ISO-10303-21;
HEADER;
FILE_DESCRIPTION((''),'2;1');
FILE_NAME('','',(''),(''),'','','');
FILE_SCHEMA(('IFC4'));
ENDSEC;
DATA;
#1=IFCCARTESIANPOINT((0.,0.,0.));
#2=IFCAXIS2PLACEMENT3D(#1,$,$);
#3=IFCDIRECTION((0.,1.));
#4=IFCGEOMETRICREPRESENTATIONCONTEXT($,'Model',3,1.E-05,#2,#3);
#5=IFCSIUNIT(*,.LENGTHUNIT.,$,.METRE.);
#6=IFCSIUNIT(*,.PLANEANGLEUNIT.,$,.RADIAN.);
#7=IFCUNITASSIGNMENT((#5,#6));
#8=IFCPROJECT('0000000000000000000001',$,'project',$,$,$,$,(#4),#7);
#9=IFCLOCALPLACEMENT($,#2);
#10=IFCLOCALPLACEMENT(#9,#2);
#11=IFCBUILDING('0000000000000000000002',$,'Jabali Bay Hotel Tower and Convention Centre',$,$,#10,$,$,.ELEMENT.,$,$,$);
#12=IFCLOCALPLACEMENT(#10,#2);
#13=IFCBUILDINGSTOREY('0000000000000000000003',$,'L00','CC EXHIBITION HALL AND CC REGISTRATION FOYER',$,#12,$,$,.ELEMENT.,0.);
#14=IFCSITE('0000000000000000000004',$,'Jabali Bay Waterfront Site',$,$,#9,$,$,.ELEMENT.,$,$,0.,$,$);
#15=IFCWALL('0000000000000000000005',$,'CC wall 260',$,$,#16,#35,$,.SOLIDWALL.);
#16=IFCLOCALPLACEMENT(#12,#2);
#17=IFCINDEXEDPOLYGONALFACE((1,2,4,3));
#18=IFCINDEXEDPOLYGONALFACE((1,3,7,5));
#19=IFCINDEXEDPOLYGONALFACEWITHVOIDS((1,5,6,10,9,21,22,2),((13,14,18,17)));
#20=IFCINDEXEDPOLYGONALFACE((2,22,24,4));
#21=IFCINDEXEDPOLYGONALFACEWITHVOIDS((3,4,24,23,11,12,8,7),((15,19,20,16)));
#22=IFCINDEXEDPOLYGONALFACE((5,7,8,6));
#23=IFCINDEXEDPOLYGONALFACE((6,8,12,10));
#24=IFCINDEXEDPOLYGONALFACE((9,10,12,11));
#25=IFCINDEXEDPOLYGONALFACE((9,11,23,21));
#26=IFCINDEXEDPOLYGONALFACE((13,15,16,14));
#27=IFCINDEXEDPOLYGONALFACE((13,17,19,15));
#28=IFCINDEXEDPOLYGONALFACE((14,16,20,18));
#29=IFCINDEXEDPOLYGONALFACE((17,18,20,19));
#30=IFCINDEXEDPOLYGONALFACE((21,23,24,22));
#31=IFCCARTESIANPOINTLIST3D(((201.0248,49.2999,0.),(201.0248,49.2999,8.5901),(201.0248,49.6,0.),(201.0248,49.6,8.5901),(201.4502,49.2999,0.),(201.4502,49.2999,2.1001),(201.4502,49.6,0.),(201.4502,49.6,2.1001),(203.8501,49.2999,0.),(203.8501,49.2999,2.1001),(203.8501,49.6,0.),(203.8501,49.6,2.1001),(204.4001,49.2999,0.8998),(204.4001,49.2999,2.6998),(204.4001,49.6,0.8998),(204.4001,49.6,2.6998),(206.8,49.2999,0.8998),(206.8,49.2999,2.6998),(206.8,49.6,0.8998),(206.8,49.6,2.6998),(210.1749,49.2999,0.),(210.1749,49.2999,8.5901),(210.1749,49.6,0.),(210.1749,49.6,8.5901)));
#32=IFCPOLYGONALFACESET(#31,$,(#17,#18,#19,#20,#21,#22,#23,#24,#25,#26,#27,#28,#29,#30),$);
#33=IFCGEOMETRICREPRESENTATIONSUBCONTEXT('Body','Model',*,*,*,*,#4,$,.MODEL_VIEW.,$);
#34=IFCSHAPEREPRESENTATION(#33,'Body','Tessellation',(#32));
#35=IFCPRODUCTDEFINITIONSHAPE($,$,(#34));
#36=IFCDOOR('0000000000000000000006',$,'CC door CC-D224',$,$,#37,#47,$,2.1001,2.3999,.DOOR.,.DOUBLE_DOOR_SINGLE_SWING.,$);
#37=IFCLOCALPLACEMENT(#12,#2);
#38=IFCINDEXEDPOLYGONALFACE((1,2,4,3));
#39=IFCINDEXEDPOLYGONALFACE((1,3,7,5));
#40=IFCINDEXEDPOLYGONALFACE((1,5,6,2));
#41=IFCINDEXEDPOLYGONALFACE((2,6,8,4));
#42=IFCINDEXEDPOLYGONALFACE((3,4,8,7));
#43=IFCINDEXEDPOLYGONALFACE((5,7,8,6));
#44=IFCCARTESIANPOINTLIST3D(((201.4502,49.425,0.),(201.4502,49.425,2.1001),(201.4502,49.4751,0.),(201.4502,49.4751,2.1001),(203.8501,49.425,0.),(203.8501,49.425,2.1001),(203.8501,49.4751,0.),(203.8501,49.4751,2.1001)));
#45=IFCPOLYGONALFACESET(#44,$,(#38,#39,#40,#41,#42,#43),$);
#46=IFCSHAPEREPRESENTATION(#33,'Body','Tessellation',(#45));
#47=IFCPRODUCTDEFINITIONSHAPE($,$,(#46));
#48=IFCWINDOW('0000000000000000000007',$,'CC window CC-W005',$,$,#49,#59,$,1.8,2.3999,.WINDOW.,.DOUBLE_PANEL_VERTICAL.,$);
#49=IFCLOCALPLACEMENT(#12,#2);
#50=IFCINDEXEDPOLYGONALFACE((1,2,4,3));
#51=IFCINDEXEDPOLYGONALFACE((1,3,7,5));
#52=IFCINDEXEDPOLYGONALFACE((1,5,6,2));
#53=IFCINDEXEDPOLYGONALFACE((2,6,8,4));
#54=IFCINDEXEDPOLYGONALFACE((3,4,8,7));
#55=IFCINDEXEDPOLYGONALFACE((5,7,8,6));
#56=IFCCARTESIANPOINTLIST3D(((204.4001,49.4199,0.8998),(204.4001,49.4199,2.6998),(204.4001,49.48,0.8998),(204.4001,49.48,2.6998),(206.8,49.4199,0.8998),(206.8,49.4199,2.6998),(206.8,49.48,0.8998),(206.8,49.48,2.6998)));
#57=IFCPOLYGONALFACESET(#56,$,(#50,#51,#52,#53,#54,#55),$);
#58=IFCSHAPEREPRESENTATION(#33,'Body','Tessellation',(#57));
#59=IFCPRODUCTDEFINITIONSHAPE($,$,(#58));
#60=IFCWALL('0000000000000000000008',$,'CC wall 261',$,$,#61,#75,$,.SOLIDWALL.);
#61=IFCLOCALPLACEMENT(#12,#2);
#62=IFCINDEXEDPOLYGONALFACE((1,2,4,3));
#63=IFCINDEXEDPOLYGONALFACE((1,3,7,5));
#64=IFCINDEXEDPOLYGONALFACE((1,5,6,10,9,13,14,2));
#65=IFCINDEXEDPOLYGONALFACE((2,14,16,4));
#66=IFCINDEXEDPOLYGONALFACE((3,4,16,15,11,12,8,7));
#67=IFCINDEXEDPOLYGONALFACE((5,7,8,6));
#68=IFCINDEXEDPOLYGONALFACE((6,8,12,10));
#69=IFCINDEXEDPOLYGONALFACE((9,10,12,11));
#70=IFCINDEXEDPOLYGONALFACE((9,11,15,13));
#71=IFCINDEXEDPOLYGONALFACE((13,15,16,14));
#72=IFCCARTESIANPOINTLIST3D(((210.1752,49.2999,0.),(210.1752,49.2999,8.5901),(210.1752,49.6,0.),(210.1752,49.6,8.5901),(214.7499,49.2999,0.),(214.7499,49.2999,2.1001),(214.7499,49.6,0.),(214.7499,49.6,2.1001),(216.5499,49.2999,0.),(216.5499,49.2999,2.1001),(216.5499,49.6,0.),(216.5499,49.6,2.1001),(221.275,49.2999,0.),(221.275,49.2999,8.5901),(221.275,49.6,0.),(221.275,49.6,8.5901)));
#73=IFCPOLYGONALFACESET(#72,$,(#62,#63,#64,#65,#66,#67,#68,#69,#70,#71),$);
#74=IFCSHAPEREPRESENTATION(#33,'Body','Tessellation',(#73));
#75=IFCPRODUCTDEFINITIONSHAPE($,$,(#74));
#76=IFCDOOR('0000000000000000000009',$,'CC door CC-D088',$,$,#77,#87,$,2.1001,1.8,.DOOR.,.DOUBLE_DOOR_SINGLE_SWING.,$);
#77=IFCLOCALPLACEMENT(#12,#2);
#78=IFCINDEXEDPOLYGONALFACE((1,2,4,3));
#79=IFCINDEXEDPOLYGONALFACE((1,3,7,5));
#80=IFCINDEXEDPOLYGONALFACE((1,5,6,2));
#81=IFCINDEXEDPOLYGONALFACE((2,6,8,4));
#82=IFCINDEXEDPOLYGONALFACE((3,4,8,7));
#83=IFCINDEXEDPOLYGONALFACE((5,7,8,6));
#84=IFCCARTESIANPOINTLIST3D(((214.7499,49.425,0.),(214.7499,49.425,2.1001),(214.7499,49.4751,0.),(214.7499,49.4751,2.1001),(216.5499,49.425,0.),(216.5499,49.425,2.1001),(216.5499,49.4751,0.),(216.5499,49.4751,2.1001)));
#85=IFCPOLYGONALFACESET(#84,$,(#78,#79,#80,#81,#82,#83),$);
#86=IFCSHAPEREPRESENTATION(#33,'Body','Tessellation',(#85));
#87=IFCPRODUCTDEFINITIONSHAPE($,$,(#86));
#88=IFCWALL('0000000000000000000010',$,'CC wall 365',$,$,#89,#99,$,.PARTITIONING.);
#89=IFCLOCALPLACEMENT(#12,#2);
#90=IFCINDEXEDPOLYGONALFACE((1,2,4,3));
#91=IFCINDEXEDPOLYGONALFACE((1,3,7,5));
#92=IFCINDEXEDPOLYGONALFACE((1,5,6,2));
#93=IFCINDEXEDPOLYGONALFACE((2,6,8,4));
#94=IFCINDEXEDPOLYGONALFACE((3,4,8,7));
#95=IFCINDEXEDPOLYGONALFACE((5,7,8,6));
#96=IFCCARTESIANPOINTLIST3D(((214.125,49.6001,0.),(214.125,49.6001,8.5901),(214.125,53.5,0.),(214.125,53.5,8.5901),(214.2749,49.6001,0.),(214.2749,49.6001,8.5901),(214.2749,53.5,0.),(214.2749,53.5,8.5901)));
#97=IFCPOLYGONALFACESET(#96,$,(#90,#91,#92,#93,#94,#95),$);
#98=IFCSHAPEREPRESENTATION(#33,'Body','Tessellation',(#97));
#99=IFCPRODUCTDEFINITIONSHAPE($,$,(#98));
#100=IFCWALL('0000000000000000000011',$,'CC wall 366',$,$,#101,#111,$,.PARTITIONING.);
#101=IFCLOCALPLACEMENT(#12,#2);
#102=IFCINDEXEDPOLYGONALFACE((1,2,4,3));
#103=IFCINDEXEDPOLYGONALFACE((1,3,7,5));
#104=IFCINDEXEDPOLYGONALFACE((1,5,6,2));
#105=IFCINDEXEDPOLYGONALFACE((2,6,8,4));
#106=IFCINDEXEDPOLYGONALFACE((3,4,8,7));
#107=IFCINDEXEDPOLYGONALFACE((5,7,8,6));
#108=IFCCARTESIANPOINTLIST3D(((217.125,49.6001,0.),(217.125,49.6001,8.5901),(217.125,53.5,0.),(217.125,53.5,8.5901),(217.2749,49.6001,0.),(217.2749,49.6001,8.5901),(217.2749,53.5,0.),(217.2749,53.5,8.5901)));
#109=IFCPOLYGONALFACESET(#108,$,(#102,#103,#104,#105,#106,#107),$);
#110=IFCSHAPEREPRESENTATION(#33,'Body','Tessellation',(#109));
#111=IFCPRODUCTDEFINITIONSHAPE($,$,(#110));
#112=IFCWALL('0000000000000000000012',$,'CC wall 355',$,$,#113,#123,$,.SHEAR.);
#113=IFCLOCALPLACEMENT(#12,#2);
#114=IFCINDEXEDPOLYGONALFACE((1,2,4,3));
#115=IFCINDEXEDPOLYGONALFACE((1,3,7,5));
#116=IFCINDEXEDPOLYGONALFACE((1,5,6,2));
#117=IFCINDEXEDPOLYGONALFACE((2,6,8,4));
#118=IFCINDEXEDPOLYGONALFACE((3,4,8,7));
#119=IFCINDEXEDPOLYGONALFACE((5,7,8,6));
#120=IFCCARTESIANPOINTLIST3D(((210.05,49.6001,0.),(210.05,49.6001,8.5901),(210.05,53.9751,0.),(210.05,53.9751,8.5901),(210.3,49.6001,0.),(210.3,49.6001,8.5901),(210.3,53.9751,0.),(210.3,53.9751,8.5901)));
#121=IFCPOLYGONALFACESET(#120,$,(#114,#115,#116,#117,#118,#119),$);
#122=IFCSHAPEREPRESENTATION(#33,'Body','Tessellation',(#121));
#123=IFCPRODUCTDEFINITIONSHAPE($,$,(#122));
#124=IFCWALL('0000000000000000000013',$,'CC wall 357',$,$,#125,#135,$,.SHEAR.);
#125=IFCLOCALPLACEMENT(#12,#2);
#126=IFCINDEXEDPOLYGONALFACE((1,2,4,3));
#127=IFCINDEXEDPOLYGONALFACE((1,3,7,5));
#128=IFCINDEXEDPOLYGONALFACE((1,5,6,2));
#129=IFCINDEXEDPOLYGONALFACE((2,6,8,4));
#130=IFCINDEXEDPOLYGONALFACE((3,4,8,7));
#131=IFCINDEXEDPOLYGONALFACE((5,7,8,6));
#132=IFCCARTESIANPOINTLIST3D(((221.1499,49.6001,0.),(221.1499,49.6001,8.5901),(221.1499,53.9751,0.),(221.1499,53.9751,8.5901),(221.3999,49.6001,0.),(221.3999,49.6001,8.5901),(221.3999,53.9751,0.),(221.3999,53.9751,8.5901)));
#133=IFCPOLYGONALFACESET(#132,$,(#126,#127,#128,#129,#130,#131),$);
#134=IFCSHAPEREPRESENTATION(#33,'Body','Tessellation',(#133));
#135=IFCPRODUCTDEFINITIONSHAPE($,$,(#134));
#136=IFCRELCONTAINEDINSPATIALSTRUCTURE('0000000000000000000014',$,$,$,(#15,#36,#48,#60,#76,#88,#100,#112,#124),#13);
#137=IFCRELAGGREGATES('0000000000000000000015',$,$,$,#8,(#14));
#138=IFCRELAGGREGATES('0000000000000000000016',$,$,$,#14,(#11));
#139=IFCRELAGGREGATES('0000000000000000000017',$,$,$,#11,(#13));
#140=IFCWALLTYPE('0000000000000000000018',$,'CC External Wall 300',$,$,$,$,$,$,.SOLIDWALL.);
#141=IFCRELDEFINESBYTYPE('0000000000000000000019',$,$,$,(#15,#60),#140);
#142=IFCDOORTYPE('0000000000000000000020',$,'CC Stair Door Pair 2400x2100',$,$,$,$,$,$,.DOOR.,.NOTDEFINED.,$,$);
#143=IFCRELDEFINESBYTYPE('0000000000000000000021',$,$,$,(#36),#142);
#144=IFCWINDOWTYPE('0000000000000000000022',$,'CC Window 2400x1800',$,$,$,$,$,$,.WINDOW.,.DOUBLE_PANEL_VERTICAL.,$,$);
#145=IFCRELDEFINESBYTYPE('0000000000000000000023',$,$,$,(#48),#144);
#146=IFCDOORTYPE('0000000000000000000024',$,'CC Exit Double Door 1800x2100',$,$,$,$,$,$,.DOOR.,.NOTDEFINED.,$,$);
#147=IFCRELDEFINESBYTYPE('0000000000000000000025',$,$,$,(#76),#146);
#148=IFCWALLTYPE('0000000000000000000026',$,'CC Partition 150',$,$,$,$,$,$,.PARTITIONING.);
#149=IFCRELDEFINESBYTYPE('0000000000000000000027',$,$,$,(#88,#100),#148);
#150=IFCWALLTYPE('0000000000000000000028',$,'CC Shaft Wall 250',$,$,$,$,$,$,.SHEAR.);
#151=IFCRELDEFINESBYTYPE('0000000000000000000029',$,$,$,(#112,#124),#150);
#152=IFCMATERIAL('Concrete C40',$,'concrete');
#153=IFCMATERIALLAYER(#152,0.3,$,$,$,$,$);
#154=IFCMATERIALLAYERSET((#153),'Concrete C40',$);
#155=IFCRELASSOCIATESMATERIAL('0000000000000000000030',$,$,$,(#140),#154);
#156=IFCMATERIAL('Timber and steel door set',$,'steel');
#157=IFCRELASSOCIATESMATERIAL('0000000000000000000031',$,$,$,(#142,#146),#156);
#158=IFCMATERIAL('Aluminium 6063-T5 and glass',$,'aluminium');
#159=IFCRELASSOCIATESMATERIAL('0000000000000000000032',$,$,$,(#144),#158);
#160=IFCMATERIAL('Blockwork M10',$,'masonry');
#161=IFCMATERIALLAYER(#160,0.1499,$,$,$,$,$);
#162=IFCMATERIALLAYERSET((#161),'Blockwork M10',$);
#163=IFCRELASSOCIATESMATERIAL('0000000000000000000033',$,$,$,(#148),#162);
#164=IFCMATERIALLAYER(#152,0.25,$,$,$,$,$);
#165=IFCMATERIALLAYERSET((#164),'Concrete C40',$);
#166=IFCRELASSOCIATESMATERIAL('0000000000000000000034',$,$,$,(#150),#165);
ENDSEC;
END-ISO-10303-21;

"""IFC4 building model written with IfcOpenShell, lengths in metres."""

from ifc_helpers import new_model, si_unit, direction, frame, frame_2d, origin, place, context, subcontext, project, spatial, rectangle, extrude, material, layer, layer_set, type_object, element, fill, save


model = new_model("IFC4")

# Units and contexts
model_context = context("Model", 3, precision=1e-05, world=origin(), true_north=direction((0.0, 1.0)))
body_context = subcontext(model_context, "Body", "Model", "MODEL_VIEW")
ifc_project = project(units=[si_unit("LENGTHUNIT", "METRE"), si_unit("PLANEANGLEUNIT", "RADIAN")], contexts=[model_context])

# Site, building, storey
site_placement = place(None, origin())
site = spatial("IfcSite", under=ifc_project, at=site_placement, Name="Jabali Bay Waterfront Site", CompositionType="ELEMENT", RefElevation=0.0)
building_placement = place(site_placement, origin())
building = spatial("IfcBuilding", under=site, at=building_placement, Name="Jabali Bay Hotel Tower and Convention Centre", CompositionType="ELEMENT")
storey_placement = place(building_placement, origin())
storey = spatial("IfcBuildingStorey", under=building, at=storey_placement, Name="L00", Description="CC EXHIBITION HALL AND CC REGISTRATION FOYER", CompositionType="ELEMENT", Elevation=0.0)

# Wall, openings, door, window
ifc_material_1 = material(Name="Concrete C40", Category="concrete")
ifc_layer_1 = layer(ifc_material_1, 0.3)
ifc_layer_set_1 = layer_set([ifc_layer_1], Name="Concrete C40")
wall_type_1 = type_object("IfcWallType", Name="CC External Wall 300", PredefinedType="SOLIDWALL", material=ifc_layer_set_1)
wall_1_placement = place(storey_placement, frame((210.175, 49.45, 0.0), z_axis=(0.0, 0.0, 1.0), x_axis=(-1.0, 0.0, 0.0)))
wall_1 = element("IfcWall", 1, at=wall_1_placement, inside=storey, type_object=wall_type_1, Name="CC wall 260", PredefinedType="SOLIDWALL", context=body_context, shape_type="SweptSolid", body=[
    extrude(rectangle(XDim=9.1501, YDim=0.3, at=frame_2d((4.5752, 0.0))), origin(), (0.0, 0.0, 1.0), 8.5901),
])
opening_1_placement = place(wall_1_placement, frame((6.325, 0.0, 0.0)))
opening_1 = element("IfcOpeningElement", 2, at=opening_1_placement, cuts=wall_1, PredefinedType="OPENING", context=body_context, shape_type="SweptSolid", body=[
    extrude(rectangle(XDim=2.3999, YDim=2.1001, at=frame_2d((1.2, 1.05))), frame((0.0, 0.1606, 0.0), z_axis=(0.0, -1.0, 0.0), x_axis=(1.0, 0.0, 0.0)), (0.0, 0.0, 1.0), 0.321),
])
opening_2_placement = place(wall_1_placement, frame((3.375, 0.0, 0.8999)))
opening_2 = element("IfcOpeningElement", 3, at=opening_2_placement, cuts=wall_1, PredefinedType="OPENING", context=body_context, shape_type="SweptSolid", body=[
    extrude(rectangle(XDim=2.3999, YDim=1.8, at=frame_2d((1.2, 0.8999))), frame((0.0, 0.1606, 0.0), z_axis=(0.0, -1.0, 0.0), x_axis=(1.0, 0.0, 0.0)), (0.0, 0.0, 1.0), 0.321),
])
ifc_material_2 = material(Name="Timber and steel door set", Category="steel")
door_type_1 = type_object("IfcDoorType", Name="CC Stair Door Pair 2400x2100", OperationType="NOTDEFINED", PredefinedType="DOOR", material=ifc_material_2)
door_1_placement = place(opening_1_placement, origin())
door_1 = element("IfcDoor", 4, at=door_1_placement, inside=storey, type_object=door_type_1, Name="CC door CC-D224", OperationType="DOUBLE_DOOR_SINGLE_SWING", OverallHeight=2.1001, OverallWidth=2.3999, PredefinedType="DOOR", context=body_context, shape_type="SweptSolid", body=[
    extrude(rectangle(XDim=2.3999, YDim=2.1001, at=frame_2d((1.2, 1.05))), frame((0.0, 0.0249, 0.0), z_axis=(0.0, -1.0, 0.0), x_axis=(1.0, 0.0, 0.0)), (0.0, 0.0, 1.0), 0.05),
])
fill(opening_1, door_1)
ifc_material_3 = material(Name="Aluminium 6063-T5 and glass", Category="aluminium")
window_type = type_object("IfcWindowType", Name="CC Window 2400x1800", PartitioningType="DOUBLE_PANEL_VERTICAL", PredefinedType="WINDOW", material=ifc_material_3)
window_placement = place(opening_2_placement, origin())
window = element("IfcWindow", 5, at=window_placement, inside=storey, type_object=window_type, Name="CC window CC-W005", OverallHeight=1.8, OverallWidth=2.3999, PartitioningType="DOUBLE_PANEL_VERTICAL", PredefinedType="WINDOW", context=body_context, shape_type="SweptSolid", body=[
    extrude(rectangle(XDim=2.3999, YDim=1.8, at=frame_2d((1.2, 0.8999))), frame((0.0, 0.03, 0.0), z_axis=(0.0, -1.0, 0.0), x_axis=(1.0, 0.0, 0.0)), (0.0, 0.0, 1.0), 0.0601),
])
fill(opening_2, window)

# Wall, opening, door
wall_2_placement = place(storey_placement, frame((221.2749, 49.45, 0.0), z_axis=(0.0, 0.0, 1.0), x_axis=(-1.0, 0.0, 0.0)))
wall_2 = element("IfcWall", 6, at=wall_2_placement, inside=storey, type_object=wall_type_1, Name="CC wall 261", PredefinedType="SOLIDWALL", context=body_context, shape_type="SweptSolid", body=[
    extrude(rectangle(XDim=11.0999, YDim=0.3, at=frame_2d((5.5498, 0.0))), origin(), (0.0, 0.0, 1.0), 8.5901),
])
opening_3_placement = place(wall_2_placement, frame((4.7251, 0.0, 0.0)))
opening_3 = element("IfcOpeningElement", 7, at=opening_3_placement, cuts=wall_2, PredefinedType="OPENING", context=body_context, shape_type="SweptSolid", body=[
    extrude(rectangle(XDim=1.8, YDim=2.1001, at=frame_2d((0.8999, 1.05))), frame((0.0, 0.1606, 0.0), z_axis=(0.0, -1.0, 0.0), x_axis=(1.0, 0.0, 0.0)), (0.0, 0.0, 1.0), 0.321),
])
door_type_2 = type_object("IfcDoorType", Name="CC Exit Double Door 1800x2100", OperationType="NOTDEFINED", PredefinedType="DOOR", material=ifc_material_2)
door_2_placement = place(opening_3_placement, origin())
door_2 = element("IfcDoor", 8, at=door_2_placement, inside=storey, type_object=door_type_2, Name="CC door CC-D088", OperationType="DOUBLE_DOOR_SINGLE_SWING", OverallHeight=2.1001, OverallWidth=1.8, PredefinedType="DOOR", context=body_context, shape_type="SweptSolid", body=[
    extrude(rectangle(XDim=1.8, YDim=2.1001, at=frame_2d((0.8999, 1.05))), frame((0.0, 0.0249, 0.0), z_axis=(0.0, -1.0, 0.0), x_axis=(1.0, 0.0, 0.0)), (0.0, 0.0, 1.0), 0.05),
])
fill(opening_3, door_2)

# Walls
ifc_material_4 = material(Name="Blockwork M10", Category="masonry")
ifc_layer_2 = layer(ifc_material_4, 0.1499)
ifc_layer_set_2 = layer_set([ifc_layer_2], Name="Blockwork M10")
wall_type_2 = type_object("IfcWallType", Name="CC Partition 150", PredefinedType="PARTITIONING", material=ifc_layer_set_2)
for number, where, z_axis, x_axis, name in (
    (9, (214.2, 49.6001, 0.0), (0.0, 0.0, 1.0), (0.0, 1.0, 0.0), "CC wall 365"),
    (10, (217.2, 49.6001, 0.0), (0.0, 0.0, 1.0), (0.0, 1.0, 0.0), "CC wall 366"),
):
    element("IfcWall", number, at=place(storey_placement, frame(where, z_axis=z_axis, x_axis=x_axis)), inside=storey, type_object=wall_type_2, Name=name, PredefinedType="PARTITIONING", context=body_context, shape_type="SweptSolid", body=[
        extrude(rectangle(XDim=3.8999, YDim=0.1499, at=frame_2d((1.95, 0.0))), origin(), (0.0, 0.0, 1.0), 8.5901),
    ])
ifc_layer_3 = layer(ifc_material_1, 0.25)
ifc_layer_set_3 = layer_set([ifc_layer_3], Name="Concrete C40")
wall_type_3 = type_object("IfcWallType", Name="CC Shaft Wall 250", PredefinedType="SHEAR", material=ifc_layer_set_3)
for number, where, z_axis, x_axis, name in (
    (11, (210.175, 49.6001, 0.0), (0.0, 0.0, 1.0), (0.0, 1.0, 0.0), "CC wall 355"),
    (12, (221.2749, 49.6001, 0.0), (0.0, 0.0, 1.0), (0.0, 1.0, 0.0), "CC wall 357"),
):
    element("IfcWall", number, at=place(storey_placement, frame(where, z_axis=z_axis, x_axis=x_axis)), inside=storey, type_object=wall_type_3, Name=name, PredefinedType="SHEAR", context=body_context, shape_type="SweptSolid", body=[
        extrude(rectangle(XDim=4.375, YDim=0.25, at=frame_2d((2.1875, 0.0))), origin(), (0.0, 0.0, 1.0), 8.5901),
    ])

save(model, "model.ifc")
